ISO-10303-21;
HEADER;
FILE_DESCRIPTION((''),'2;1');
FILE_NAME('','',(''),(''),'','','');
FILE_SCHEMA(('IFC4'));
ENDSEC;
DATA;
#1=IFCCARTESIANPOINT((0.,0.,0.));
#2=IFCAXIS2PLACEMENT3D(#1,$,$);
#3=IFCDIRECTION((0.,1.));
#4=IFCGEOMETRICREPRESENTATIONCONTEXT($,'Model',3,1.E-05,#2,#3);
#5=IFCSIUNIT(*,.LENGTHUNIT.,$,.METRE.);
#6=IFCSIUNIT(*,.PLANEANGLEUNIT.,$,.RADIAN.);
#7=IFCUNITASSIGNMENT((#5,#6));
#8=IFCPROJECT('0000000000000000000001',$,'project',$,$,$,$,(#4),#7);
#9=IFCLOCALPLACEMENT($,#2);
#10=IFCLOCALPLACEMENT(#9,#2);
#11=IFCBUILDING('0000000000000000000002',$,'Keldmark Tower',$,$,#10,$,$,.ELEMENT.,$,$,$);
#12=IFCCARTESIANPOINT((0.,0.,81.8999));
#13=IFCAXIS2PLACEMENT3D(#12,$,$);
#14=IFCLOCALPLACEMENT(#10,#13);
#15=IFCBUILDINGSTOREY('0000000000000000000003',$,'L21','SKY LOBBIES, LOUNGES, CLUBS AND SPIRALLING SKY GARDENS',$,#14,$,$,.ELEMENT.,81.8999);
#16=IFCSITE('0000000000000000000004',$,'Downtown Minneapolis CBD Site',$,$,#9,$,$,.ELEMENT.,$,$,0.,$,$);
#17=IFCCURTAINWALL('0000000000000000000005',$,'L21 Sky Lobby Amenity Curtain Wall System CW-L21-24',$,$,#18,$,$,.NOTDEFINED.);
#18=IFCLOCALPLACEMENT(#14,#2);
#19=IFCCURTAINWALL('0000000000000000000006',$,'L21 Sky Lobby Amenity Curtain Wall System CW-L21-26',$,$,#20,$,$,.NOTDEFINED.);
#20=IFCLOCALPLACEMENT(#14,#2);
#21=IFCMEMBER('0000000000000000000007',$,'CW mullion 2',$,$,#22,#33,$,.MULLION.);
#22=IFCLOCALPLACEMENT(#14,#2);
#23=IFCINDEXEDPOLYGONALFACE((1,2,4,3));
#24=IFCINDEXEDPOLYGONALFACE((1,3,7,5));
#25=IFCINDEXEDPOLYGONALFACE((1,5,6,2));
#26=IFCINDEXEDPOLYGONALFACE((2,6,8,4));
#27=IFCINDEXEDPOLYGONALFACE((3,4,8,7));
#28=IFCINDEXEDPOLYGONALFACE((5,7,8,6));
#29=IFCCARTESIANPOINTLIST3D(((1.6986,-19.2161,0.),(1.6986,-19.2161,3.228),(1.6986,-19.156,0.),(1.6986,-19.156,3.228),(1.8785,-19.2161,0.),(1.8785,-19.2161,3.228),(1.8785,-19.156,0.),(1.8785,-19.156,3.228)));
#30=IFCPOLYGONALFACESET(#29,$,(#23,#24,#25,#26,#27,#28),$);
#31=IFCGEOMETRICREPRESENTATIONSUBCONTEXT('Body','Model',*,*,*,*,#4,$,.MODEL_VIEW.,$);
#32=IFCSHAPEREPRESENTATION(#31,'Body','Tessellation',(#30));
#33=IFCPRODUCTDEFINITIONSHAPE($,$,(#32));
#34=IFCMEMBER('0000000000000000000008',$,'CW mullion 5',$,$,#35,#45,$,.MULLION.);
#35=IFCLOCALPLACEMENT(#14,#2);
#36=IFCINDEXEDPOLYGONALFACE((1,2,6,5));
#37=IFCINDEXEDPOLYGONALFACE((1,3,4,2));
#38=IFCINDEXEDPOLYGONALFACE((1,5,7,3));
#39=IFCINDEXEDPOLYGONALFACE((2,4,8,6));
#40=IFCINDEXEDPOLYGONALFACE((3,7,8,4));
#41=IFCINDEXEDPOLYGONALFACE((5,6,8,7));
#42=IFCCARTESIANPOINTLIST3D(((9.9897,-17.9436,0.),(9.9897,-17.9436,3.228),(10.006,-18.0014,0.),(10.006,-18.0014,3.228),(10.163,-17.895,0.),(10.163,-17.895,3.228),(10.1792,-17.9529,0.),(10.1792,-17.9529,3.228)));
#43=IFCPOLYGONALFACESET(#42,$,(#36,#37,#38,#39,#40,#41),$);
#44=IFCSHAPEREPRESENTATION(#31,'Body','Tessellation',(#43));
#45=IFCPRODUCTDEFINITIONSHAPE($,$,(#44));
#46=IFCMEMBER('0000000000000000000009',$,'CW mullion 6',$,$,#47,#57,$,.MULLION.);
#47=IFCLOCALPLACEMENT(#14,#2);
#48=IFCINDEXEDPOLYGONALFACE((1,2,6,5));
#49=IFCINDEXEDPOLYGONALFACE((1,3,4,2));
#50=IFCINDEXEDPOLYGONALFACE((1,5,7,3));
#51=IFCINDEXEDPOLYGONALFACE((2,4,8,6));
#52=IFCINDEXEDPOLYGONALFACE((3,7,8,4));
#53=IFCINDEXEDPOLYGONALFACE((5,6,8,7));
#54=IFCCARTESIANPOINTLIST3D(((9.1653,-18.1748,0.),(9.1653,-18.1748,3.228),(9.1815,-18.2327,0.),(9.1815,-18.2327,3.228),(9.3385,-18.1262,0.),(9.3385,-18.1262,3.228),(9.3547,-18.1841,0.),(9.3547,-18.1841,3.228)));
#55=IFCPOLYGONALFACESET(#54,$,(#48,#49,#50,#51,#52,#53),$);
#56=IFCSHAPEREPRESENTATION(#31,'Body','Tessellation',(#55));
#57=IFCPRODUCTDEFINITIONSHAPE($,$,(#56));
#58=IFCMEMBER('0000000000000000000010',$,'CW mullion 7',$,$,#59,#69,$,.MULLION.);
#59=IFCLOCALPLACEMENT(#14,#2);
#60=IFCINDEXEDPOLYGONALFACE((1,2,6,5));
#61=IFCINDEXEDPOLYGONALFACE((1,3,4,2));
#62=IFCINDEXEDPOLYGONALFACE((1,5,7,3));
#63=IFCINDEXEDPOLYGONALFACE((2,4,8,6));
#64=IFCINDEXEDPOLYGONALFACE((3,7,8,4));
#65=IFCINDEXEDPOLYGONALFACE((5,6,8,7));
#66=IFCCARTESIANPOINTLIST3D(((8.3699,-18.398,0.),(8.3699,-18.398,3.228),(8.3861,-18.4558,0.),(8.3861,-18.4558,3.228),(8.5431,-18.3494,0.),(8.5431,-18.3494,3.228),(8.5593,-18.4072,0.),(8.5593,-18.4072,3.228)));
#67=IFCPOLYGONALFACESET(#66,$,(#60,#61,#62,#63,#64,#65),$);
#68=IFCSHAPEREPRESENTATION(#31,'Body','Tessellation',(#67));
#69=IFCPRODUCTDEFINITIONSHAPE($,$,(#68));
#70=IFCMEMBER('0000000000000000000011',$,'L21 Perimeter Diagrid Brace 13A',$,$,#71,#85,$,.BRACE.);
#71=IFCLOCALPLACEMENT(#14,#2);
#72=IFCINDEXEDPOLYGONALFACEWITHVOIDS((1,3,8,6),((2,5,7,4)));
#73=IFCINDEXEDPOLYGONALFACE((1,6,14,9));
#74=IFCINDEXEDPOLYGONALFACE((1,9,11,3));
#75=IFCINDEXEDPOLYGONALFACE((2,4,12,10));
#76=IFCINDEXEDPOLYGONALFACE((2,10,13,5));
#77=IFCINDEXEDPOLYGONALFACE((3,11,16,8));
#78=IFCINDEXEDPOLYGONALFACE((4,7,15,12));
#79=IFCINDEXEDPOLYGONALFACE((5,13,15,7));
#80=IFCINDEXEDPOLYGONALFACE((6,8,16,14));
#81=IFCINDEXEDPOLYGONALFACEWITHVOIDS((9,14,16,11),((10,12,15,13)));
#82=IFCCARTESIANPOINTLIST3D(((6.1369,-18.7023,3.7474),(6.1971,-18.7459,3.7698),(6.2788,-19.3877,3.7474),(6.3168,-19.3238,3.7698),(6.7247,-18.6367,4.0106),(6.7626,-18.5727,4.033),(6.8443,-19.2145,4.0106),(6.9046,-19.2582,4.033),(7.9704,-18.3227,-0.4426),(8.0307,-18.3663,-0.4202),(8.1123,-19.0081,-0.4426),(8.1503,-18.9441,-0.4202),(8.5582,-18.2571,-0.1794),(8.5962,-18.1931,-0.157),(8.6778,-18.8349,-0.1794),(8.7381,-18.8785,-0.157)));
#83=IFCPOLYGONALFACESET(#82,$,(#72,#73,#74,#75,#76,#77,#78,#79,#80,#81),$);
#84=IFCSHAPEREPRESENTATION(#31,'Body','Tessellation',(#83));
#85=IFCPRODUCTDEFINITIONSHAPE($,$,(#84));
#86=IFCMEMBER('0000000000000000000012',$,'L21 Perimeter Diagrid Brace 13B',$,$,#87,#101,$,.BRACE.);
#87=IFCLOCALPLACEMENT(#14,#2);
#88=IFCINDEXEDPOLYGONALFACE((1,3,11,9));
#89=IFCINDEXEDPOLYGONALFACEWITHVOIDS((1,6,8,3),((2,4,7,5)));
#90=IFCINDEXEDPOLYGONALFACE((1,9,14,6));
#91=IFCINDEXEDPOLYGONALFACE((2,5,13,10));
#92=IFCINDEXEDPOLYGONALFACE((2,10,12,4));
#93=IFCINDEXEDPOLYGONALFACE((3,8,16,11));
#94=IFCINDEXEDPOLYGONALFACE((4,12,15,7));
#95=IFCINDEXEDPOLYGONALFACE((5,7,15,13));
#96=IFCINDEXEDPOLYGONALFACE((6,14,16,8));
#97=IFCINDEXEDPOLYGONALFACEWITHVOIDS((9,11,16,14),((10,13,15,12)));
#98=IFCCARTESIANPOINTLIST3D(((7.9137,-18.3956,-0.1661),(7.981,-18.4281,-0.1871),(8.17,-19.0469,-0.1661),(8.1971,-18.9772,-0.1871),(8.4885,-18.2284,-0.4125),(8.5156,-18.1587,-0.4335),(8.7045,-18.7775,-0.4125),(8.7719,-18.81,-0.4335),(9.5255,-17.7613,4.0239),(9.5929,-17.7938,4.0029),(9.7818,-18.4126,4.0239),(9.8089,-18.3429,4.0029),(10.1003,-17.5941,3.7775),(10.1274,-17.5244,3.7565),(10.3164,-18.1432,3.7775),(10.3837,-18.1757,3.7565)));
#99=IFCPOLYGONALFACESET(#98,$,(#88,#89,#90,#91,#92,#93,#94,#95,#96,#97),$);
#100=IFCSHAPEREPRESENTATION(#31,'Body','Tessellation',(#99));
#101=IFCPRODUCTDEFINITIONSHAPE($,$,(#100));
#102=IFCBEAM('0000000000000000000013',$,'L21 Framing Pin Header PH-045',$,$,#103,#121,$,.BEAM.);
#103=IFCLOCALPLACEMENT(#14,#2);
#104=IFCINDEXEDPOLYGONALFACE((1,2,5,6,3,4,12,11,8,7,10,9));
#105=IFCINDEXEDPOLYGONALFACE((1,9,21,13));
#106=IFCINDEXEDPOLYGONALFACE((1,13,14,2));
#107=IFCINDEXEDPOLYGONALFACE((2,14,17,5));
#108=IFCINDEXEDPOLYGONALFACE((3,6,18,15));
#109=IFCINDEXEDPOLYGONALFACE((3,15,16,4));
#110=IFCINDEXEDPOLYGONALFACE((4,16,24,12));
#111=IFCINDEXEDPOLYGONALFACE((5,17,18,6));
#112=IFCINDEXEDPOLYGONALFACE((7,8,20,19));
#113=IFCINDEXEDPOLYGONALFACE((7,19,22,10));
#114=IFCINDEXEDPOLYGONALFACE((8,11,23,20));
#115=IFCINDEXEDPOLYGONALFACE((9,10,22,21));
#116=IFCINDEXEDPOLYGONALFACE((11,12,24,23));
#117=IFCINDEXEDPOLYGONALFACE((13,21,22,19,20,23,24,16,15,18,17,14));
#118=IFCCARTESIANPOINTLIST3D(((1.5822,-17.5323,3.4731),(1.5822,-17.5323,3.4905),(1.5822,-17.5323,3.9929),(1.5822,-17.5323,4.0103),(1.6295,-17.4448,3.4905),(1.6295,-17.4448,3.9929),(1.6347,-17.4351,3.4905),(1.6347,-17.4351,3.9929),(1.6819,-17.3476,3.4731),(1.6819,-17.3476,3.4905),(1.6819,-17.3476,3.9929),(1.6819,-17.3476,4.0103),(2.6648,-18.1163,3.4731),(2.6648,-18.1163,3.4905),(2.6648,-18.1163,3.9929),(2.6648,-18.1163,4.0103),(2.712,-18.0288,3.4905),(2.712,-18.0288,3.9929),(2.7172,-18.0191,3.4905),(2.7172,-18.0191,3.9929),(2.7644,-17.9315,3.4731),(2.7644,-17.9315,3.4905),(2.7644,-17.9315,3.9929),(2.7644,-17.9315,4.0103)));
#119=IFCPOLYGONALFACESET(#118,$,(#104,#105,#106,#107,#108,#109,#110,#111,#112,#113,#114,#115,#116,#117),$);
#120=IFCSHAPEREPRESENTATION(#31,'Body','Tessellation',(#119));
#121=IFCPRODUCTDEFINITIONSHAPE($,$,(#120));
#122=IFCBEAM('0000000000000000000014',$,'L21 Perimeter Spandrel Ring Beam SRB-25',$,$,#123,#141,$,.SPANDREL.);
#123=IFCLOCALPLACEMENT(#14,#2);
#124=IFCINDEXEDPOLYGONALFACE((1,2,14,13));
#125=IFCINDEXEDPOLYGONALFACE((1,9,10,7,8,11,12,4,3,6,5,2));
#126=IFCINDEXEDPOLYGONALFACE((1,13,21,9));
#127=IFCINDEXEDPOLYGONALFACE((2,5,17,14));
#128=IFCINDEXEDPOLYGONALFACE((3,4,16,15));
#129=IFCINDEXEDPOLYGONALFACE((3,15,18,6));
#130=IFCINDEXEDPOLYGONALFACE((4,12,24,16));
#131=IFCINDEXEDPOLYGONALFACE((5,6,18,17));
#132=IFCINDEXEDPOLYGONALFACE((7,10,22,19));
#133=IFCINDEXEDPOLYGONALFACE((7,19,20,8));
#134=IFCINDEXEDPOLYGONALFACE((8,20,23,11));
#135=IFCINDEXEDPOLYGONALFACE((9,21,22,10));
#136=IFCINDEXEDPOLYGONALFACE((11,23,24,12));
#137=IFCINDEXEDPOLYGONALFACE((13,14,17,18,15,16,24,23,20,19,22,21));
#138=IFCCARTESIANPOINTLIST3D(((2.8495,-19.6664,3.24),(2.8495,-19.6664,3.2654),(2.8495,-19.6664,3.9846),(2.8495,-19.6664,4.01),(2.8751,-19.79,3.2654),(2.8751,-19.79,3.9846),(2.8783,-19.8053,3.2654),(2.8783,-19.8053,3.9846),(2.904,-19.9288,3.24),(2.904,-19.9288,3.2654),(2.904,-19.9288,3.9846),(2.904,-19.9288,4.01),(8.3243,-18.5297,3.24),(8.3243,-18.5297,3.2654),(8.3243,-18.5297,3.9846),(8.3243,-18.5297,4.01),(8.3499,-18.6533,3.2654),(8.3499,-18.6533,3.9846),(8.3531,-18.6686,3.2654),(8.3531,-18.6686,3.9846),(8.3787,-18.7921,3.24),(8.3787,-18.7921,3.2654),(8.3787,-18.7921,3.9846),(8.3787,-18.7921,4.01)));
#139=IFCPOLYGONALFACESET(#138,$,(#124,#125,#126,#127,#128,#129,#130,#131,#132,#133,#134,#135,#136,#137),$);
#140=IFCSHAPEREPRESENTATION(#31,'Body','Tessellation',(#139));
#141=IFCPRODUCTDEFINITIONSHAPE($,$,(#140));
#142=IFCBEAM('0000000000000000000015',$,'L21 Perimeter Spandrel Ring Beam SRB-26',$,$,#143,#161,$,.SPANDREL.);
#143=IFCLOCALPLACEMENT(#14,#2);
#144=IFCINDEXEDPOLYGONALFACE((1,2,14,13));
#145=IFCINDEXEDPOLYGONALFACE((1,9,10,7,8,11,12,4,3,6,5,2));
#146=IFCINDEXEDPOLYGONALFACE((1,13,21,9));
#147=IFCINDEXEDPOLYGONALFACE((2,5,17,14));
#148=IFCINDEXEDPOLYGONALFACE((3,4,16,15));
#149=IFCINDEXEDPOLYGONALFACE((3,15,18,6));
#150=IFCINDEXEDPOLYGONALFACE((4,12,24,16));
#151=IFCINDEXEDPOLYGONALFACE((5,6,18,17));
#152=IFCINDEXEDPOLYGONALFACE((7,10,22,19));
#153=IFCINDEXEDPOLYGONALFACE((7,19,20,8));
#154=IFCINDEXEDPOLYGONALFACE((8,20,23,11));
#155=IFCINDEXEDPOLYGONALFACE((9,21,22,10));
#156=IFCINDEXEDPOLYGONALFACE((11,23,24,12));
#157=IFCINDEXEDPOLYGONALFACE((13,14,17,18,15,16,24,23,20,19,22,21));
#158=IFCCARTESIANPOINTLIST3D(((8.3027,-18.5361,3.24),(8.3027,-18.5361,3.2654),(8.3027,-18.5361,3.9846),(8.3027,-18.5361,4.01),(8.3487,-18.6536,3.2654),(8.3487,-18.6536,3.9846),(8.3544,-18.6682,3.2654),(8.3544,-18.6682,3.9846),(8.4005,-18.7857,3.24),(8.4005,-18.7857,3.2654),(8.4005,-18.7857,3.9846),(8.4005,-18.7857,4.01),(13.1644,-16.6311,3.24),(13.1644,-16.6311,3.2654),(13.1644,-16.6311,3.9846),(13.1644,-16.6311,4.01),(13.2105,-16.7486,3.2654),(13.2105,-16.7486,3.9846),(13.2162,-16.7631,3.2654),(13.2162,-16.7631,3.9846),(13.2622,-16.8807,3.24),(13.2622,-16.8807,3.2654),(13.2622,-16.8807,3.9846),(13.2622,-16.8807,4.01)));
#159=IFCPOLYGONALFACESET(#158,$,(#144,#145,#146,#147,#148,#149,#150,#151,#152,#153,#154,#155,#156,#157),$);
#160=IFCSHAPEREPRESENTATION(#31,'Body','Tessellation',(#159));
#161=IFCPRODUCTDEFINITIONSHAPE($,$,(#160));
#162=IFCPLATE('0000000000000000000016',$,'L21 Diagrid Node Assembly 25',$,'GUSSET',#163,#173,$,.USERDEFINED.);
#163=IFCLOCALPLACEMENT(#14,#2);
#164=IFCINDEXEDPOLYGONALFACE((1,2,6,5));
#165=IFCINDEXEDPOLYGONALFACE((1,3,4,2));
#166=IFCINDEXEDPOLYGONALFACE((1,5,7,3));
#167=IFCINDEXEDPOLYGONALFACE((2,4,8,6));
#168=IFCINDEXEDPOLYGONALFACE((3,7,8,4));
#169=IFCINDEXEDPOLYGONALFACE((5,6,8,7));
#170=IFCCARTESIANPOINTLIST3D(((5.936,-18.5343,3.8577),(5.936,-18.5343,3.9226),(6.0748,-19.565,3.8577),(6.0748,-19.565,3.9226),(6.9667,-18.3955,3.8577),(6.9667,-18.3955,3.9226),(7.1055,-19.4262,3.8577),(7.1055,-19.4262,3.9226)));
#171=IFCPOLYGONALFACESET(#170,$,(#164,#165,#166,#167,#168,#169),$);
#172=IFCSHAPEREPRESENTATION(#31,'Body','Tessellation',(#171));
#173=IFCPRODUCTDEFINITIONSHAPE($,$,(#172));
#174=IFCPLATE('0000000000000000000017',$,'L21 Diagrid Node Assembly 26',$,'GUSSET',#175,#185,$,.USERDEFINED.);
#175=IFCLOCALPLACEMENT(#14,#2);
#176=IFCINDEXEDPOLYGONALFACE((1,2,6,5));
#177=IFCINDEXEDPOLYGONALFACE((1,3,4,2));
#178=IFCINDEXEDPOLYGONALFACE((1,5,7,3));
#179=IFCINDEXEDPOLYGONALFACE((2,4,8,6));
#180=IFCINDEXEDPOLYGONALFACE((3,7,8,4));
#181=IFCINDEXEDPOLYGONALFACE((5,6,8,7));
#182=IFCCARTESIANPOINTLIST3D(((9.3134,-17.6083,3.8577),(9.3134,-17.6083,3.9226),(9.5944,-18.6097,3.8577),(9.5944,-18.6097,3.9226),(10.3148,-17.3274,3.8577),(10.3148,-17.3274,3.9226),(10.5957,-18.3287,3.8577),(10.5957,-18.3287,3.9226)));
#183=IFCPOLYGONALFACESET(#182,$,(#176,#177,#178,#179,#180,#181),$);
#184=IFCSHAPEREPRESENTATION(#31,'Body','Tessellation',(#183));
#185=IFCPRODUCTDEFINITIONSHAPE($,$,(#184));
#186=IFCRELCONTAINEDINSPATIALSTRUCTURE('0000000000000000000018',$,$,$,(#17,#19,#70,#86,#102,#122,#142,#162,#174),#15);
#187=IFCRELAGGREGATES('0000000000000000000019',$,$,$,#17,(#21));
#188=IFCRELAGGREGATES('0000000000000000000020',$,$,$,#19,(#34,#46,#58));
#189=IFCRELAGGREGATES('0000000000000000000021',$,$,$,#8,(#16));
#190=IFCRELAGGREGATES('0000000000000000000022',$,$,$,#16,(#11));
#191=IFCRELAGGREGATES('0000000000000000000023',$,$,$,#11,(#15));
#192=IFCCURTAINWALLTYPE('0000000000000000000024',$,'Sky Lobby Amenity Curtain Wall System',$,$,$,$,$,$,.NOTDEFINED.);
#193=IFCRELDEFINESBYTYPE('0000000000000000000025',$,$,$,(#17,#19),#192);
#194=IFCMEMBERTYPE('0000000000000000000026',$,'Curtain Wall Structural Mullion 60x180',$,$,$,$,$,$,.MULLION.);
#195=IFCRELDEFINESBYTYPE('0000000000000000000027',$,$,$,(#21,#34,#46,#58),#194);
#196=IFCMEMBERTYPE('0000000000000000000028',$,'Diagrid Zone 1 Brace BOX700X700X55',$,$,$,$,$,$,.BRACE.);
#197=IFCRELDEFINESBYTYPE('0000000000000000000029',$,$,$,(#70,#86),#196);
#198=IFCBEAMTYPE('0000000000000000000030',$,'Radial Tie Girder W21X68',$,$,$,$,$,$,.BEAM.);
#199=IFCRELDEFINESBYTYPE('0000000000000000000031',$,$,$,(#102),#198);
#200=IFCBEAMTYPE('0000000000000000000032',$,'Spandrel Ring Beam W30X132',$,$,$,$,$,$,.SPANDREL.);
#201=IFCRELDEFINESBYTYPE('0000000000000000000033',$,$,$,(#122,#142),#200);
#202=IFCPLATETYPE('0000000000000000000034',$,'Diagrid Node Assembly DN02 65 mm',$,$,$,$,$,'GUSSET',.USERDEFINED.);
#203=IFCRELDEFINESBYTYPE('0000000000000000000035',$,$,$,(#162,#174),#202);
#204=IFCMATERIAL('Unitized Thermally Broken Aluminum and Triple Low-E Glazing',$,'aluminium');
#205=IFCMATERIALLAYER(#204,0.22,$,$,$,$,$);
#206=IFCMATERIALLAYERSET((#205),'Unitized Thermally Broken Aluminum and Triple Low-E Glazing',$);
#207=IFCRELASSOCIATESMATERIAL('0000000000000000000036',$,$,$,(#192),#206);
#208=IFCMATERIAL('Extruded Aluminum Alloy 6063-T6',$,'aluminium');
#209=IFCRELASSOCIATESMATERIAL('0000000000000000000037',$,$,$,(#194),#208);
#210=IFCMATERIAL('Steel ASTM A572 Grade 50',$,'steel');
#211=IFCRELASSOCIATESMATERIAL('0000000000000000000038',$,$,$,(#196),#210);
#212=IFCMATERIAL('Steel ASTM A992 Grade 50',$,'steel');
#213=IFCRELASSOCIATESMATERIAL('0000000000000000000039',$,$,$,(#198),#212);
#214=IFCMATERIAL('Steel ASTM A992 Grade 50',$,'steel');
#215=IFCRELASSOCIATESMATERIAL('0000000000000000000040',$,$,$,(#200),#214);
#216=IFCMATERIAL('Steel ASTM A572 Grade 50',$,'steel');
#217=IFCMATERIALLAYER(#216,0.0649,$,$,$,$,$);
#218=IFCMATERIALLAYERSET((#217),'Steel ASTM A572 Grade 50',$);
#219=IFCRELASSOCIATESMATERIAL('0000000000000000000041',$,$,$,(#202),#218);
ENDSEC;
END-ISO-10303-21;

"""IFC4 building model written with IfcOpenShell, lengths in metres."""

from ifc_helpers import new_model, si_unit, direction, frame, origin, origin_2d, place, context, subcontext, project, spatial, rectangle, hollow_rectangle, i_section, extrude, material, layer, layer_set, material_profile, profile_set, type_object, element, aggregate, save


model = new_model("IFC4")

# Units and contexts
model_context = context("Model", 3, precision=1e-05, world=origin(), true_north=direction((0.0, 1.0)))
body_context = subcontext(model_context, "Body", "Model", "MODEL_VIEW")
ifc_project = project(units=[si_unit("LENGTHUNIT", "METRE"), si_unit("PLANEANGLEUNIT", "RADIAN")], contexts=[model_context])

# Site, building, storey
site_placement = place(None, origin())
site = spatial("IfcSite", under=ifc_project, at=site_placement, Name="Downtown Minneapolis CBD Site", CompositionType="ELEMENT", RefElevation=0.0)
building_placement = place(site_placement, origin())
building = spatial("IfcBuilding", under=site, at=building_placement, Name="Keldmark Tower", CompositionType="ELEMENT")
storey_placement = place(building_placement, frame((0.0, 0.0, 81.8999)))
storey = spatial("IfcBuildingStorey", under=building, at=storey_placement, Name="L21", Description="SKY LOBBIES, LOUNGES, CLUBS AND SPIRALLING SKY GARDENS", CompositionType="ELEMENT", Elevation=81.8999)

# Curtain walls
ifc_material_1 = material(Name="Unitized Thermally Broken Aluminum and Triple Low-E Glazing", Category="aluminium")
ifc_layer_1 = layer(ifc_material_1, 0.22)
ifc_layer_set_1 = layer_set([ifc_layer_1], Name="Unitized Thermally Broken Aluminum and Triple Low-E Glazing")
curtain_wall_type = type_object("IfcCurtainWallType", Name="Sky Lobby Amenity Curtain Wall System", PredefinedType="NOTDEFINED", material=ifc_layer_set_1)
curtain_wall_1_placement = place(storey_placement, origin())
curtain_wall_1 = element("IfcCurtainWall", 1, at=curtain_wall_1_placement, inside=storey, type_object=curtain_wall_type, Name="L21 Sky Lobby Amenity Curtain Wall System CW-L21-24", PredefinedType="NOTDEFINED")
curtain_wall_2_placement = place(storey_placement, origin())
curtain_wall_2 = element("IfcCurtainWall", 2, at=curtain_wall_2_placement, inside=storey, type_object=curtain_wall_type, Name="L21 Sky Lobby Amenity Curtain Wall System CW-L21-26", PredefinedType="NOTDEFINED")

# Members
ifc_material_2 = material(Name="Extruded Aluminum Alloy 6063-T6", Category="aluminium")
ifc_material_profile_1 = material_profile(ifc_material_2, rectangle(XDim=0.0601, YDim=0.1799, at=origin_2d()), Name="CWM60X180")
ifc_profile_set_1 = profile_set([ifc_material_profile_1], Name="Extruded Aluminum Alloy 6063-T6")
member_type_1 = type_object("IfcMemberType", Name="Curtain Wall Structural Mullion 60x180", PredefinedType="MULLION", material=ifc_profile_set_1)
member_1_placement = place(storey_placement, frame((1.7886, -19.186, 0.0), z_axis=(0.0, 0.0, 1.0), x_axis=(0.0, -1.0, 0.0)))
member_1 = element("IfcMember", 3, at=member_1_placement, type_object=member_type_1, Name="CW mullion 2", PredefinedType="MULLION", context=body_context, shape_type="SweptSolid", body=[
    extrude(rectangle(XDim=0.0601, YDim=0.1799, at=origin_2d()), origin(), (0.0, 0.0, 1.0), 3.228),
])
member_2_placement = place(storey_placement, frame((10.0845, -17.9482, 0.0), z_axis=(0.0, 0.0, 1.0), x_axis=(0.270028, -0.962852, 0.0)))
member_2 = element("IfcMember", 4, at=member_2_placement, type_object=member_type_1, Name="CW mullion 5", PredefinedType="MULLION", context=body_context, shape_type="SweptSolid", body=[
    extrude(rectangle(XDim=0.0601, YDim=0.1799, at=origin_2d()), origin(), (0.0, 0.0, 1.0), 3.228),
])
member_3_placement = place(storey_placement, frame((9.26, -18.1794, 0.0), z_axis=(0.0, 0.0, 1.0), x_axis=(0.270028, -0.962852, 0.0)))
member_3 = element("IfcMember", 5, at=member_3_placement, type_object=member_type_1, Name="CW mullion 6", PredefinedType="MULLION", context=body_context, shape_type="SweptSolid", body=[
    extrude(rectangle(XDim=0.0601, YDim=0.1799, at=origin_2d()), origin(), (0.0, 0.0, 1.0), 3.228),
])
member_4_placement = place(storey_placement, frame((8.4646, -18.4026, 0.0), z_axis=(0.0, 0.0, 1.0), x_axis=(0.270028, -0.962852, 0.0)))
member_4 = element("IfcMember", 6, at=member_4_placement, type_object=member_type_1, Name="CW mullion 7", PredefinedType="MULLION", context=body_context, shape_type="SweptSolid", body=[
    extrude(rectangle(XDim=0.0601, YDim=0.1799, at=origin_2d()), origin(), (0.0, 0.0, 1.0), 3.228),
])

# Members
ifc_material_3 = material(Name="Steel ASTM A572 Grade 50", Category="steel")
ifc_material_profile_2 = material_profile(ifc_material_3, hollow_rectangle(XDim=0.7, YDim=0.7, WallThickness=0.0549, at=origin_2d()), Name="BOX700X700X55")
ifc_profile_set_2 = profile_set([ifc_material_profile_2], Name="Steel ASTM A572 Grade 50")
member_type_2 = type_object("IfcMemberType", Name="Diagrid Zone 1 Brace BOX700X700X55", PredefinedType="BRACE", material=ifc_profile_set_2)
member_5_placement = place(storey_placement, frame((8.3542, -18.6006, -0.2998), z_axis=(-0.399518, -0.082723, 0.912986), x_axis=(0.202757, -0.979229, 0.0)))
element("IfcMember", 7, at=member_5_placement, inside=storey, type_object=member_type_2, Name="L21 Perimeter Diagrid Brace 13A", PredefinedType="BRACE", context=body_context, shape_type="SweptSolid", body=[
    extrude(hollow_rectangle(XDim=0.7, YDim=0.7, WallThickness=0.0549, at=origin_2d()), origin(), (0.0, 0.0, 1.0), 4.5894),
])
member_6_placement = place(storey_placement, frame((8.3428, -18.6028, -0.2998), z_axis=(0.355507, 0.139898, 0.924145), x_axis=(-0.366184, 0.930542, 0.0)))
element("IfcMember", 8, at=member_6_placement, inside=storey, type_object=member_type_2, Name="L21 Perimeter Diagrid Brace 13B", PredefinedType="BRACE", context=body_context, shape_type="SweptSolid", body=[
    extrude(hollow_rectangle(XDim=0.7, YDim=0.7, WallThickness=0.0549, at=origin_2d()), origin(), (0.0, 0.0, 1.0), 4.5339),
])

# Beams
ifc_material_4 = material(Name="Steel ASTM A992 Grade 50", Category="steel")
ifc_material_profile_3 = material_profile(ifc_material_4, i_section(OverallWidth=0.21, OverallDepth=0.5371, WebThickness=0.011, FlangeThickness=0.0173, at=origin_2d()), Name="W21X68")
ifc_profile_set_3 = profile_set([ifc_material_profile_3], Name="Steel ASTM A992 Grade 50")
beam_type_1 = type_object("IfcBeamType", Name="Radial Tie Girder W21X68", PredefinedType="BEAM", material=ifc_profile_set_3)
beam_1_placement = place(storey_placement, frame((2.7146, -18.0239, 3.7417), z_axis=(-0.880101, 0.474786, 0.0), x_axis=(-0.474786, -0.880101, 0.0)))
element("IfcBeam", 9, at=beam_1_placement, inside=storey, type_object=beam_type_1, Name="L21 Framing Pin Header PH-045", PredefinedType="BEAM", context=body_context, shape_type="SweptSolid", body=[
    extrude(i_section(OverallWidth=0.21, OverallDepth=0.5371, WebThickness=0.011, FlangeThickness=0.0173, at=origin_2d()), origin(), (0.0, 0.0, 1.0), 1.23),
])
ifc_material_5 = material(Name="Steel ASTM A992 Grade 50", Category="steel")
ifc_material_profile_4 = material_profile(ifc_material_5, i_section(OverallWidth=0.2681, OverallDepth=0.77, WebThickness=0.0156, FlangeThickness=0.0254, at=origin_2d()), Name="W30X132")
ifc_profile_set_4 = profile_set([ifc_material_profile_4], Name="Steel ASTM A992 Grade 50")
beam_type_2 = type_object("IfcBeamType", Name="Spandrel Ring Beam W30X132", PredefinedType="SPANDREL", material=ifc_profile_set_4)
beam_2_placement = place(storey_placement, frame((2.8767, -19.7976, 3.625), z_axis=(0.979119, 0.20329, 0.0), x_axis=(-0.20329, 0.979119, 0.0)))
element("IfcBeam", 10, at=beam_2_placement, inside=storey, type_object=beam_type_2, Name="L21 Perimeter Spandrel Ring Beam SRB-25", PredefinedType="SPANDREL", context=body_context, shape_type="SweptSolid", body=[
    extrude(i_section(OverallWidth=0.2681, OverallDepth=0.77, WebThickness=0.0156, FlangeThickness=0.0254, at=origin_2d()), origin(), (0.0, 0.0, 1.0), 5.5916),
])
beam_3_placement = place(storey_placement, frame((8.3516, -18.6609, 3.625), z_axis=(0.931075, 0.364828, 0.0), x_axis=(-0.364828, 0.931075, 0.0)))
element("IfcBeam", 11, at=beam_3_placement, inside=storey, type_object=beam_type_2, Name="L21 Perimeter Spandrel Ring Beam SRB-26", PredefinedType="SPANDREL", context=body_context, shape_type="SweptSolid", body=[
    extrude(i_section(OverallWidth=0.2681, OverallDepth=0.77, WebThickness=0.0156, FlangeThickness=0.0254, at=origin_2d()), origin(), (0.0, 0.0, 1.0), 5.2217),
])

# Plates
ifc_material_6 = material(Name="Steel ASTM A572 Grade 50", Category="steel")
ifc_layer_2 = layer(ifc_material_6, 0.0649)
ifc_layer_set_2 = layer_set([ifc_layer_2], Name="Steel ASTM A572 Grade 50")
plate_type_1 = type_object("IfcPlateType", Name="Diagrid Node Assembly DN02 65 mm", ElementType="GUSSET", PredefinedType="USERDEFINED", material=ifc_layer_set_2)
for number, where, z_axis, x_axis, name in (
    (12, (6.5208, -18.9802, 3.8577), (0.0, 0.0, 1.0), (0.991053, 0.133467, 0.0), "L21 Diagrid Node Assembly 25"),
    (13, (9.9546, -17.9685, 3.8577), (0.0, 0.0, 1.0), (0.962833, 0.270096, 0.0), "L21 Diagrid Node Assembly 26"),
):
    element("IfcPlate", number, at=place(storey_placement, frame(where, z_axis=z_axis, x_axis=x_axis)), inside=storey, type_object=plate_type_1, Name=name, ObjectType="GUSSET", PredefinedType="USERDEFINED", context=body_context, shape_type="SweptSolid", body=[
        extrude(rectangle(XDim=1.04, YDim=1.04, at=origin_2d()), origin(), (0.0, 0.0, 1.0), 0.0649),
    ])

aggregate(curtain_wall_1, [member_1])
aggregate(curtain_wall_2, [member_2, member_3, member_4])

save(model, "model.ifc")
